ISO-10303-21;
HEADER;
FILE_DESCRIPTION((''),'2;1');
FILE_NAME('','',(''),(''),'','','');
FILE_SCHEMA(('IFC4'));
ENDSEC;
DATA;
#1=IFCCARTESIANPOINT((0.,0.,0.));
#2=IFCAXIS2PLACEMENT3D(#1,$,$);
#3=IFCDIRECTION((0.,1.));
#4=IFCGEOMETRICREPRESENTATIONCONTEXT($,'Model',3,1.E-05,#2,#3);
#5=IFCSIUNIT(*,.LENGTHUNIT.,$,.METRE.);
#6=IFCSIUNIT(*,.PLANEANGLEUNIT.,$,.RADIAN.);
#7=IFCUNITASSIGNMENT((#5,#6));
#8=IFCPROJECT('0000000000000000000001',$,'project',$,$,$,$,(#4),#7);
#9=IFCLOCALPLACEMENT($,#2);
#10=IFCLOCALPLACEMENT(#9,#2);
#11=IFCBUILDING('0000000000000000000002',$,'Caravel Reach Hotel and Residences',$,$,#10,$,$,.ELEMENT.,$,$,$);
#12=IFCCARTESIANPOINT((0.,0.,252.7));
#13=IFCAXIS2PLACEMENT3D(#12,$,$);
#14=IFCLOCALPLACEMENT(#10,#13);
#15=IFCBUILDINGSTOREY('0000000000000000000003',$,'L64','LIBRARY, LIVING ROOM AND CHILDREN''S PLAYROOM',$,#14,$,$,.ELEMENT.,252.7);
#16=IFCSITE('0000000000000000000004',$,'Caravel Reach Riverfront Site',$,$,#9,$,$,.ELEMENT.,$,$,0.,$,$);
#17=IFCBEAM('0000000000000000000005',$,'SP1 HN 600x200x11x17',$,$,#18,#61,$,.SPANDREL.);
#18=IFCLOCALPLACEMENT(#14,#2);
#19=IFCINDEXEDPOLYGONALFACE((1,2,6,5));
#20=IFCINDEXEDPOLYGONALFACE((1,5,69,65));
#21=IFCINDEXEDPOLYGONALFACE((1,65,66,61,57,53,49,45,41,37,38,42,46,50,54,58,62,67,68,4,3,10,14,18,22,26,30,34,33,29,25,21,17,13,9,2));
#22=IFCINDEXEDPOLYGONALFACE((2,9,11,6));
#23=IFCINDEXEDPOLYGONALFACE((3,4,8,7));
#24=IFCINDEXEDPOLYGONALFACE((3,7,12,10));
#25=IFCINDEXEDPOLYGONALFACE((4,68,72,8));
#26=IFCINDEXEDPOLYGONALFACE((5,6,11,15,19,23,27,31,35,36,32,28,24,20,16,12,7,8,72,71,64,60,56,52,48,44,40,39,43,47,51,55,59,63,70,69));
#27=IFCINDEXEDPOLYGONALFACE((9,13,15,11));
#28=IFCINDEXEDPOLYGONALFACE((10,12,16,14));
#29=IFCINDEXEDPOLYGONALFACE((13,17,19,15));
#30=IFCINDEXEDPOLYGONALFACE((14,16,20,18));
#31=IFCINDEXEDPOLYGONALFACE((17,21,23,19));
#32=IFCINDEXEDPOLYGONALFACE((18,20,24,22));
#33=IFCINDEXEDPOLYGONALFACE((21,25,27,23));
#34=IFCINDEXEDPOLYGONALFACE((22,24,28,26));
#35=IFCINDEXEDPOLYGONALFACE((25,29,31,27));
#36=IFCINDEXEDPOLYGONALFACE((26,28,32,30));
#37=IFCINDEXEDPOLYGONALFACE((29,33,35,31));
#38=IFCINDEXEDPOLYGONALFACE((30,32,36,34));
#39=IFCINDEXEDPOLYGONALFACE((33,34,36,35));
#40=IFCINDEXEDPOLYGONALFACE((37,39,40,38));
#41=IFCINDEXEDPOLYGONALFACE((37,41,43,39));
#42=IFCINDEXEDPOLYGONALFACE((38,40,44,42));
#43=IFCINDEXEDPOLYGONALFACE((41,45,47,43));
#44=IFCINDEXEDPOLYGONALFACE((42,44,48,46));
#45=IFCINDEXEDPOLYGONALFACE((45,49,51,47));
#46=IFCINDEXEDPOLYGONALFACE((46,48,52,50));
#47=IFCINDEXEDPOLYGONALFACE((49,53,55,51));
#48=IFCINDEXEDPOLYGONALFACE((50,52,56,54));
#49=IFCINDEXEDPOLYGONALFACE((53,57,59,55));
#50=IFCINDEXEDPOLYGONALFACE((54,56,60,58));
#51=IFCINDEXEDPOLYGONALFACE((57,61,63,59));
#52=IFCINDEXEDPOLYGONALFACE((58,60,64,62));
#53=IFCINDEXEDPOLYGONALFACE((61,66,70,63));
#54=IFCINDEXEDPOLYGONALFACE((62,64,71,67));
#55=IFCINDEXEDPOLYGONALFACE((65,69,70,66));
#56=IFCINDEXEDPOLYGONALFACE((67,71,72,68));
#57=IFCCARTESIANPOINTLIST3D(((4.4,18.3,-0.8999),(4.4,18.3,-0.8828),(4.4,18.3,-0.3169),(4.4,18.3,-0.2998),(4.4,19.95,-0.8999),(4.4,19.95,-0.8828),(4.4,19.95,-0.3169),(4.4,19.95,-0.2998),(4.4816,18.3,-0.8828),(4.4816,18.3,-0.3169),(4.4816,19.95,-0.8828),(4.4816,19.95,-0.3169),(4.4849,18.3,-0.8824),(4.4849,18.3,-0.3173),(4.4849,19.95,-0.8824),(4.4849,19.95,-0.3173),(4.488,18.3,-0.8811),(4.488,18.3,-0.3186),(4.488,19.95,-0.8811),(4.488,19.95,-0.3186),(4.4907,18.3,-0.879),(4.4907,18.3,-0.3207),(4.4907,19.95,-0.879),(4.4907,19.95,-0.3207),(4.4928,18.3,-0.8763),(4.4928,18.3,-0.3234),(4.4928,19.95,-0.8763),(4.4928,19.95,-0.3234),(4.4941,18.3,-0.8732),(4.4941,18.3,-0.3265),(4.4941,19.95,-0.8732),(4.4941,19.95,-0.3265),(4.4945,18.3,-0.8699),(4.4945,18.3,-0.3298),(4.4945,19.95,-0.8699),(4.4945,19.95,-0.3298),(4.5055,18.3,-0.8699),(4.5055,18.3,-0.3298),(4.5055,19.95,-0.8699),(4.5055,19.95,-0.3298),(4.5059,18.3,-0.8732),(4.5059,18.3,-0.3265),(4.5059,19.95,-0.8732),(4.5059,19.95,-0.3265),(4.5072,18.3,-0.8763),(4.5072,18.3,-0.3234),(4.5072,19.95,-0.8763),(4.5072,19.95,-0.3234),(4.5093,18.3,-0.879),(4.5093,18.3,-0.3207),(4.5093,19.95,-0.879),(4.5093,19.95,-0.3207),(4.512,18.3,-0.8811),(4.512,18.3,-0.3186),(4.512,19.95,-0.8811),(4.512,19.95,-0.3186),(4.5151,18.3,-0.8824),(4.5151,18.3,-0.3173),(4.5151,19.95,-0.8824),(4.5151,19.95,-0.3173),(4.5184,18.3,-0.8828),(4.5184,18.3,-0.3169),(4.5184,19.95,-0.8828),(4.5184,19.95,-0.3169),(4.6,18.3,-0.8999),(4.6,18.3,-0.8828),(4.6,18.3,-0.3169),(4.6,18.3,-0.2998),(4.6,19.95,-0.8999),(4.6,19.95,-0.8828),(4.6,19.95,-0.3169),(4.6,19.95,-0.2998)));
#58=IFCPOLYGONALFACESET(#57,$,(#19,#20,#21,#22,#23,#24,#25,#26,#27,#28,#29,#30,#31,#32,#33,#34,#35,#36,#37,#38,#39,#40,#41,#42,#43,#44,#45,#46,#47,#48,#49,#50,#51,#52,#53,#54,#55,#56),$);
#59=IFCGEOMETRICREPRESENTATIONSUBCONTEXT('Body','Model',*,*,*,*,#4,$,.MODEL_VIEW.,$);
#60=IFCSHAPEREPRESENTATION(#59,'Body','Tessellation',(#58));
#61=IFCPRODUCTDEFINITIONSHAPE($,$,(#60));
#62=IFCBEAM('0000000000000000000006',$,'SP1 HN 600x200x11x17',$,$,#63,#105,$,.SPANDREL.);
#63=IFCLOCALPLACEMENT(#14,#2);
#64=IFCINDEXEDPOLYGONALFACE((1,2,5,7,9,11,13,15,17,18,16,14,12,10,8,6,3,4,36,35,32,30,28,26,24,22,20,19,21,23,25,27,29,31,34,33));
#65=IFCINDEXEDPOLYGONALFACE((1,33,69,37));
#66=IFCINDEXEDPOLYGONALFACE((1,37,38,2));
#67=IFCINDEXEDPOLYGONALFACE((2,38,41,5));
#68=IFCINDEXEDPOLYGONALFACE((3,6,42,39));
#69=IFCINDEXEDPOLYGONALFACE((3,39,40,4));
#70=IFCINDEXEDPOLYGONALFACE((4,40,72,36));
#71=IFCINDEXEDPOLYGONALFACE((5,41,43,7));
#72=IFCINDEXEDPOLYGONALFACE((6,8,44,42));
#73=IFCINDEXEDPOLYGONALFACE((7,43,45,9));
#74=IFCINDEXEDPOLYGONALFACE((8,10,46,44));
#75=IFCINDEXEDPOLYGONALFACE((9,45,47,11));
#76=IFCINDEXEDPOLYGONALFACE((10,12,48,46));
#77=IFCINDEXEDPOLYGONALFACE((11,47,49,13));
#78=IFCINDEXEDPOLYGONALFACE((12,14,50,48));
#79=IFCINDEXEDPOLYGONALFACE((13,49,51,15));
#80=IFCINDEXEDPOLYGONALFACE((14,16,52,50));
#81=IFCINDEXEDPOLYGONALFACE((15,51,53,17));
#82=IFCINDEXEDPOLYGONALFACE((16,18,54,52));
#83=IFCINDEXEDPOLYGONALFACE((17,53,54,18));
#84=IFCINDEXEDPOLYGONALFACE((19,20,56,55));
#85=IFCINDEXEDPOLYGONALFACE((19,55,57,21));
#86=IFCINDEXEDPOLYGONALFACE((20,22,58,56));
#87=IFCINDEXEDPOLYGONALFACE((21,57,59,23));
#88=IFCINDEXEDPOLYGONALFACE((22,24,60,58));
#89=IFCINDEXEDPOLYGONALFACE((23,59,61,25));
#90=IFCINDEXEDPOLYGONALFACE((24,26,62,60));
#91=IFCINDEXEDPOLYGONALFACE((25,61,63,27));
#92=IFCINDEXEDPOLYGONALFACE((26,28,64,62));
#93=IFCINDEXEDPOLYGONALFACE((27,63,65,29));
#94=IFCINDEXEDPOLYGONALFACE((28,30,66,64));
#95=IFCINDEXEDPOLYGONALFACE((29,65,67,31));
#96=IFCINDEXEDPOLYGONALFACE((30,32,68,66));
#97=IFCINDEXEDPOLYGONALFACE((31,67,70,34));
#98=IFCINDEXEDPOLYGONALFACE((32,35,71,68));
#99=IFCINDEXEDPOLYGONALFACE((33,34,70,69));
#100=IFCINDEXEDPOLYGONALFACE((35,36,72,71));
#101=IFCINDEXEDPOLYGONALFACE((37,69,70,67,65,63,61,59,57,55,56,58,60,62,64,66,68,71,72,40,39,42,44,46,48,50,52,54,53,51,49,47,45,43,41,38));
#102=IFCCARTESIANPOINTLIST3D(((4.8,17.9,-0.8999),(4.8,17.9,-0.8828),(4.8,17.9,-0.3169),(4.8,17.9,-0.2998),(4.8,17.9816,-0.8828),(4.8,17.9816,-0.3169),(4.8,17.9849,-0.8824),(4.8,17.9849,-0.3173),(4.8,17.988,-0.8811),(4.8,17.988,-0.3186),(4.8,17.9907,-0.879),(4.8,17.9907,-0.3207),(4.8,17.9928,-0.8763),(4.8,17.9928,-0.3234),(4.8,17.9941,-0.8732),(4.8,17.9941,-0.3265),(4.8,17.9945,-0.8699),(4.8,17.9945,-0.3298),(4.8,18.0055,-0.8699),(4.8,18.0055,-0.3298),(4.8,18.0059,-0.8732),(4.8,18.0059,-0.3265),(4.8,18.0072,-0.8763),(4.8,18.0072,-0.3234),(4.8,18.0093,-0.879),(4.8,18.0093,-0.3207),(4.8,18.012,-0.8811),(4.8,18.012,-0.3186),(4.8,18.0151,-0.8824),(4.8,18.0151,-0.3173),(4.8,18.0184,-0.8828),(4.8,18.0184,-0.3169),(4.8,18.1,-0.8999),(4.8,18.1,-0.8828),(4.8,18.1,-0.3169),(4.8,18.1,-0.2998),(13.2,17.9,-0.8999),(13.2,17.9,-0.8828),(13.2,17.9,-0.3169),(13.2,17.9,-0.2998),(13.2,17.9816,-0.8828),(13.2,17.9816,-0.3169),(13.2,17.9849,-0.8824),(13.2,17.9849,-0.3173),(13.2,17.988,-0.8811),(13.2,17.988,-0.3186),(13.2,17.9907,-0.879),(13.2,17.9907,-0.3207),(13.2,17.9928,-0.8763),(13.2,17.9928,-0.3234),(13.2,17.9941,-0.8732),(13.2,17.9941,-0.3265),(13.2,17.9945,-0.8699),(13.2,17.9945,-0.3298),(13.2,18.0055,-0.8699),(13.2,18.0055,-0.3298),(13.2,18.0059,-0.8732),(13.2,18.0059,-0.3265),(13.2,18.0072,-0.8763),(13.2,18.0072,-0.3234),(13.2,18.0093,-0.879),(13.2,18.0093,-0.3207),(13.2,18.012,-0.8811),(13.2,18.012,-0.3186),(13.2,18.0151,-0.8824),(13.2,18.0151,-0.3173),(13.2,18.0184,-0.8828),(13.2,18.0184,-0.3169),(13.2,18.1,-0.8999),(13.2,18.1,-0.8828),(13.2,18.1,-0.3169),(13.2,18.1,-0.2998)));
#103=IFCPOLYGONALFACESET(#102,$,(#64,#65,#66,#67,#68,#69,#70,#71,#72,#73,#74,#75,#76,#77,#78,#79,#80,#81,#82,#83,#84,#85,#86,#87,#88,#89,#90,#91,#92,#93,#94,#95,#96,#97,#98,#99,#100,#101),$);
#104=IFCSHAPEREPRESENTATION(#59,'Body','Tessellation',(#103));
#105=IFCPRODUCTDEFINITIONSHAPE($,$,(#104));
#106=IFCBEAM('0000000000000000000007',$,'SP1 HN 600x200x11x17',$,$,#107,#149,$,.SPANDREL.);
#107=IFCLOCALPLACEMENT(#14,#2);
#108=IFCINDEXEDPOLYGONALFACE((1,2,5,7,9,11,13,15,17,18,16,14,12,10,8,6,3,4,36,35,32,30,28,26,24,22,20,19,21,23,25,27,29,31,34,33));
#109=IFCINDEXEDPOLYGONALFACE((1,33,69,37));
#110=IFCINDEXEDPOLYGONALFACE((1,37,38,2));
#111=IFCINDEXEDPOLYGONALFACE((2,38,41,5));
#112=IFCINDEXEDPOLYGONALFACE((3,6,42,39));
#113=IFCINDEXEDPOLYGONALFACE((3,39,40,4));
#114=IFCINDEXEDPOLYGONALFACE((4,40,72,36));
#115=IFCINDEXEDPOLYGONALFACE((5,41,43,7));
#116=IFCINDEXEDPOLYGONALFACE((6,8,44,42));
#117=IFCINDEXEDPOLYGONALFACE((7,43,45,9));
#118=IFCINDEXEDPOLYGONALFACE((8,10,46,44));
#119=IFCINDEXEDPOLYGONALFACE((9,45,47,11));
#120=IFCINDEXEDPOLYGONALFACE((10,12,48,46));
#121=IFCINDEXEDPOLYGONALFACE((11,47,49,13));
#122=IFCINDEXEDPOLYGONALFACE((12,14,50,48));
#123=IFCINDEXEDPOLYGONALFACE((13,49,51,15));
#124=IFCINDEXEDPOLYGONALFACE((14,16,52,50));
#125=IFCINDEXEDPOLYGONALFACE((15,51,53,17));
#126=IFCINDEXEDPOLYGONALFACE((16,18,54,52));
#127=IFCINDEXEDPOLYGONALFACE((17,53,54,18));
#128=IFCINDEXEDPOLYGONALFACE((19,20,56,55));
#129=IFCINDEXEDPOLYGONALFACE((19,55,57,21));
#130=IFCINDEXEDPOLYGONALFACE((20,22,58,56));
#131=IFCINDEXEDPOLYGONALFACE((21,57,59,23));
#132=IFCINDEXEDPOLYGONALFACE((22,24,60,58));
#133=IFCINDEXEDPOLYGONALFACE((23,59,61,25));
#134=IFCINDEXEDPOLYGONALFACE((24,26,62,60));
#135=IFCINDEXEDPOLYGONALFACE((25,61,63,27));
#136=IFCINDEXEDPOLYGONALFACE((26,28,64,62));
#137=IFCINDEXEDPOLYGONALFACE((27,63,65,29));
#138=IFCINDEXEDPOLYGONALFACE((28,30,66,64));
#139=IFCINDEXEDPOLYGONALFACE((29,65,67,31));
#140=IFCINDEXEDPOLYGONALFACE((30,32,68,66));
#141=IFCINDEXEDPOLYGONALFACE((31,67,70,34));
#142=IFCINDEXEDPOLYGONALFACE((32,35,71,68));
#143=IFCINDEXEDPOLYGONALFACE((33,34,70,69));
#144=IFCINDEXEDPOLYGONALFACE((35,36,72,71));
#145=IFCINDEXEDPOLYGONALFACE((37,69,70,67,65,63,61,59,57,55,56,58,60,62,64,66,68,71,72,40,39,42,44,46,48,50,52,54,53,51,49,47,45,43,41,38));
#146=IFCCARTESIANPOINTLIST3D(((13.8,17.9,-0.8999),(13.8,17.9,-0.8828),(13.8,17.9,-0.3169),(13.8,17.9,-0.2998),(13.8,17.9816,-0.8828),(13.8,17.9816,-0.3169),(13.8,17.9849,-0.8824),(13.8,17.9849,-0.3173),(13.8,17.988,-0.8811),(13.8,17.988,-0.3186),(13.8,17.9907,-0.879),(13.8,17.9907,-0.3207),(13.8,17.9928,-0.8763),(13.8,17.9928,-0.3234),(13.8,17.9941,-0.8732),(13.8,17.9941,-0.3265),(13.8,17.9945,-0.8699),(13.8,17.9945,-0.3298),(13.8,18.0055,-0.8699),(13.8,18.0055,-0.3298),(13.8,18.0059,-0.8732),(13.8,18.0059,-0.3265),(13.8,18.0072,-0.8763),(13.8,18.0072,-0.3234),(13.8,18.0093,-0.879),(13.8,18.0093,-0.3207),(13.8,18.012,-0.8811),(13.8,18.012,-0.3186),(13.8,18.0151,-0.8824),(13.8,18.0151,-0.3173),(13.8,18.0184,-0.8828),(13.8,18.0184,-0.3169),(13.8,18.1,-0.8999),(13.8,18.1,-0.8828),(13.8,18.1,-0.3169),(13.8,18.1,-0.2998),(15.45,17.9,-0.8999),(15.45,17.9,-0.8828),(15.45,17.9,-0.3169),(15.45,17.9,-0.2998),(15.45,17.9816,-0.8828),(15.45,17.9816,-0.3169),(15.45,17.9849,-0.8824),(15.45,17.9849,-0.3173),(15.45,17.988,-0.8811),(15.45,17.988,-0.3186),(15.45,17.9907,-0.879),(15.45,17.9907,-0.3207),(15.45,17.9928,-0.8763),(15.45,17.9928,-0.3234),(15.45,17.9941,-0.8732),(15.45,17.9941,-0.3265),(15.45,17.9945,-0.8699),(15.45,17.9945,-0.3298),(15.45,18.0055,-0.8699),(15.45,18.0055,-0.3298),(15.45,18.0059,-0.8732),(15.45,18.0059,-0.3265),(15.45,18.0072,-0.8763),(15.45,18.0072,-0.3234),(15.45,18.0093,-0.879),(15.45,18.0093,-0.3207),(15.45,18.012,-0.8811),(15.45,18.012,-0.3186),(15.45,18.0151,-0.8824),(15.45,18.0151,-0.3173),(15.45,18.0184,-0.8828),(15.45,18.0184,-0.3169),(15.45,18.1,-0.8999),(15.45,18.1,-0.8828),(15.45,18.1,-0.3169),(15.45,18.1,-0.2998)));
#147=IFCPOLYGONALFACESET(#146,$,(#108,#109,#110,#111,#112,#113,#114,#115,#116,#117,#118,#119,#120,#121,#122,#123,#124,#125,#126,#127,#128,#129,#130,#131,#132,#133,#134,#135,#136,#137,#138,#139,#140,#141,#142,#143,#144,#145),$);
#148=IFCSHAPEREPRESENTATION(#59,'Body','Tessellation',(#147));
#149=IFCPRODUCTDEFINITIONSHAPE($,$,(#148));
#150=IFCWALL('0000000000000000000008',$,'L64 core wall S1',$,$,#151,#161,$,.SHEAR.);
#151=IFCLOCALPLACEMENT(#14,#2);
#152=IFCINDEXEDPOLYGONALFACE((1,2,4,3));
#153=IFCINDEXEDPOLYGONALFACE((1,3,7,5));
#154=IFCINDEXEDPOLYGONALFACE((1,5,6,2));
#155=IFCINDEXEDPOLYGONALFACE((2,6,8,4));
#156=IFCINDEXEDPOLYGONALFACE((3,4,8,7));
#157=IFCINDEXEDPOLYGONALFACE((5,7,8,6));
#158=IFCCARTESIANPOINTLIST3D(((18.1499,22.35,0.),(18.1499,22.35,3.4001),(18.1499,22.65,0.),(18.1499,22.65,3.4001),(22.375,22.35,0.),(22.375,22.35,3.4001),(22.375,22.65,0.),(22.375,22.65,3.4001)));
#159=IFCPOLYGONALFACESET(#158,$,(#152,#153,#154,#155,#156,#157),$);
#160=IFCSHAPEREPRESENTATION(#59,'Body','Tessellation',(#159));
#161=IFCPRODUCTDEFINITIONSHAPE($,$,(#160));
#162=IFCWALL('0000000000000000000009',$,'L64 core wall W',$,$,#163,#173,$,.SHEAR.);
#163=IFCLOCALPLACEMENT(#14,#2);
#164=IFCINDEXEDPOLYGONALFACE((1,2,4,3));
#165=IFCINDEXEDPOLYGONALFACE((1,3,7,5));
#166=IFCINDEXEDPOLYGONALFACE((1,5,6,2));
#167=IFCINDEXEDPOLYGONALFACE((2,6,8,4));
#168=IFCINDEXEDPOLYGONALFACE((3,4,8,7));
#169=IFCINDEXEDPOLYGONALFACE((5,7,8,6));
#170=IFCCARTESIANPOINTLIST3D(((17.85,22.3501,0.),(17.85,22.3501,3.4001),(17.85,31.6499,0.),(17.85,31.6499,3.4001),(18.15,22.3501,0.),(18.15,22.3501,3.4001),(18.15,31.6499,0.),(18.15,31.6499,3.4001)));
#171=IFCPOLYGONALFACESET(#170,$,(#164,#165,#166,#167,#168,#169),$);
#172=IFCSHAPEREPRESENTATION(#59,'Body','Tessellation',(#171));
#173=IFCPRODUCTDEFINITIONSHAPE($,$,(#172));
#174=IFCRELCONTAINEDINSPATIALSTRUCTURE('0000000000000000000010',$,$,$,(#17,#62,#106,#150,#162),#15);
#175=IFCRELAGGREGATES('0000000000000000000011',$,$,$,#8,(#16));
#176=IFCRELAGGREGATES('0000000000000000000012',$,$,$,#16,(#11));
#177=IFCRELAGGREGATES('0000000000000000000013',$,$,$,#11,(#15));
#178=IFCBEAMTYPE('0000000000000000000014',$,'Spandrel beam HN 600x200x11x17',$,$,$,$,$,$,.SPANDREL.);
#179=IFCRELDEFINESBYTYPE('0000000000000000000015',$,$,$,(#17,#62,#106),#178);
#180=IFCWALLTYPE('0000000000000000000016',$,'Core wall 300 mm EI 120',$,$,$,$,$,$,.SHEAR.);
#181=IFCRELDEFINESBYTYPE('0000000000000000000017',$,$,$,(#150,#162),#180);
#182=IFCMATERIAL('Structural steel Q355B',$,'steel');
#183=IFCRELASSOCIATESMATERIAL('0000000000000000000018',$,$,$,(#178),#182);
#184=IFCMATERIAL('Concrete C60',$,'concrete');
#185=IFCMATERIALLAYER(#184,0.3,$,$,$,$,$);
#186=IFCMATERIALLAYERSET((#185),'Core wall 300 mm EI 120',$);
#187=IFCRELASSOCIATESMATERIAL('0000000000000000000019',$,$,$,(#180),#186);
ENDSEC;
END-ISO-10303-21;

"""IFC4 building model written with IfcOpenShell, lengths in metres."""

from ifc_helpers import new_model, si_unit, direction, frame, frame_2d, origin, origin_2d, place, context, subcontext, project, spatial, rectangle, i_section, extrude, material, layer, layer_set, material_profile, profile_set, type_object, element, save


model = new_model("IFC4")

# Units and contexts
model_context = context("Model", 3, precision=1e-05, world=origin(), true_north=direction((0.0, 1.0)))
body_context = subcontext(model_context, "Body", "Model", "MODEL_VIEW")
ifc_project = project(units=[si_unit("LENGTHUNIT", "METRE"), si_unit("PLANEANGLEUNIT", "RADIAN")], contexts=[model_context])

# Site, building, storey
site_placement = place(None, origin())
site = spatial("IfcSite", under=ifc_project, at=site_placement, Name="Caravel Reach Riverfront Site", CompositionType="ELEMENT", RefElevation=0.0)
building_placement = place(site_placement, origin())
building = spatial("IfcBuilding", under=site, at=building_placement, Name="Caravel Reach Hotel and Residences", CompositionType="ELEMENT")
storey_placement = place(building_placement, frame((0.0, 0.0, 252.7)))
storey = spatial("IfcBuildingStorey", under=building, at=storey_placement, Name="L64", Description="LIBRARY, LIVING ROOM AND CHILDREN'S PLAYROOM", CompositionType="ELEMENT", Elevation=252.7)

# Beams
ifc_material_1 = material(Name="Structural steel Q355B", Category="steel")
ifc_material_profile_1 = material_profile(ifc_material_1, i_section(OverallWidth=0.2, OverallDepth=0.6001, WebThickness=0.011, FlangeThickness=0.0171, FilletRadius=0.0129, at=origin_2d()), Name="HN 600x200x11x17")
ifc_profile_set_1 = profile_set([ifc_material_profile_1], Name="Structural steel Q355B")
beam_type_1 = type_object("IfcBeamType", Name="Spandrel beam HN 600x200x11x17", PredefinedType="SPANDREL", material=ifc_profile_set_1)
beam_1_placement = place(storey_placement, frame((4.5, 19.95, -0.5999), z_axis=(0.0, -1.0, 0.0), x_axis=(1.0, 0.0, 0.0)))
element("IfcBeam", 1, at=beam_1_placement, inside=storey, type_object=beam_type_1, Name="SP1 HN 600x200x11x17", PredefinedType="SPANDREL", context=body_context, shape_type="SweptSolid", body=[
    extrude(i_section(OverallWidth=0.2, OverallDepth=0.6001, WebThickness=0.011, FlangeThickness=0.0171, FilletRadius=0.0129, at=origin_2d()), origin(), (0.0, 0.0, 1.0), 1.6499),
])
beam_2_placement = place(storey_placement, frame((4.8, 18.0, -0.5999), z_axis=(1.0, 0.0, 0.0), x_axis=(0.0, 1.0, 0.0)))
element("IfcBeam", 2, at=beam_2_placement, inside=storey, type_object=beam_type_1, Name="SP1 HN 600x200x11x17", PredefinedType="SPANDREL", context=body_context, shape_type="SweptSolid", body=[
    extrude(i_section(OverallWidth=0.2, OverallDepth=0.6001, WebThickness=0.011, FlangeThickness=0.0171, FilletRadius=0.0129, at=origin_2d()), origin(), (0.0, 0.0, 1.0), 8.3999),
])
beam_3_placement = place(storey_placement, frame((13.8, 18.0, -0.5999), z_axis=(1.0, 0.0, 0.0), x_axis=(0.0, 1.0, 0.0)))
element("IfcBeam", 3, at=beam_3_placement, inside=storey, type_object=beam_type_1, Name="SP1 HN 600x200x11x17", PredefinedType="SPANDREL", context=body_context, shape_type="SweptSolid", body=[
    extrude(i_section(OverallWidth=0.2, OverallDepth=0.6001, WebThickness=0.011, FlangeThickness=0.0171, FilletRadius=0.0129, at=origin_2d()), origin(), (0.0, 0.0, 1.0), 1.6499),
])

# Walls
ifc_material_2 = material(Name="Concrete C60", Category="concrete")
ifc_layer_1 = layer(ifc_material_2, 0.3)
ifc_layer_set_1 = layer_set([ifc_layer_1], Name="Core wall 300 mm EI 120")
wall_type_1 = type_object("IfcWallType", Name="Core wall 300 mm EI 120", PredefinedType="SHEAR", material=ifc_layer_set_1)
wall_1_placement = place(storey_placement, frame((18.1499, 22.5, 0.0), z_axis=(0.0, 0.0, 1.0), x_axis=(1.0, 0.0, 0.0)))
element("IfcWall", 4, at=wall_1_placement, inside=storey, type_object=wall_type_1, Name="L64 core wall S1", PredefinedType="SHEAR", context=body_context, shape_type="SweptSolid", body=[
    extrude(rectangle(XDim=4.2251, YDim=0.3, at=frame_2d((2.1125, 0.0))), origin(), (0.0, 0.0, 1.0), 3.4001),
])
wall_2_placement = place(storey_placement, frame((18.0, 22.3501, 0.0), z_axis=(0.0, 0.0, 1.0), x_axis=(0.0, 1.0, 0.0)))
element("IfcWall", 5, at=wall_2_placement, inside=storey, type_object=wall_type_1, Name="L64 core wall W", PredefinedType="SHEAR", context=body_context, shape_type="SweptSolid", body=[
    extrude(rectangle(XDim=9.2998, YDim=0.3, at=frame_2d((4.6499, 0.0))), origin(), (0.0, 0.0, 1.0), 3.4001),
])

save(model, "model.ifc")
